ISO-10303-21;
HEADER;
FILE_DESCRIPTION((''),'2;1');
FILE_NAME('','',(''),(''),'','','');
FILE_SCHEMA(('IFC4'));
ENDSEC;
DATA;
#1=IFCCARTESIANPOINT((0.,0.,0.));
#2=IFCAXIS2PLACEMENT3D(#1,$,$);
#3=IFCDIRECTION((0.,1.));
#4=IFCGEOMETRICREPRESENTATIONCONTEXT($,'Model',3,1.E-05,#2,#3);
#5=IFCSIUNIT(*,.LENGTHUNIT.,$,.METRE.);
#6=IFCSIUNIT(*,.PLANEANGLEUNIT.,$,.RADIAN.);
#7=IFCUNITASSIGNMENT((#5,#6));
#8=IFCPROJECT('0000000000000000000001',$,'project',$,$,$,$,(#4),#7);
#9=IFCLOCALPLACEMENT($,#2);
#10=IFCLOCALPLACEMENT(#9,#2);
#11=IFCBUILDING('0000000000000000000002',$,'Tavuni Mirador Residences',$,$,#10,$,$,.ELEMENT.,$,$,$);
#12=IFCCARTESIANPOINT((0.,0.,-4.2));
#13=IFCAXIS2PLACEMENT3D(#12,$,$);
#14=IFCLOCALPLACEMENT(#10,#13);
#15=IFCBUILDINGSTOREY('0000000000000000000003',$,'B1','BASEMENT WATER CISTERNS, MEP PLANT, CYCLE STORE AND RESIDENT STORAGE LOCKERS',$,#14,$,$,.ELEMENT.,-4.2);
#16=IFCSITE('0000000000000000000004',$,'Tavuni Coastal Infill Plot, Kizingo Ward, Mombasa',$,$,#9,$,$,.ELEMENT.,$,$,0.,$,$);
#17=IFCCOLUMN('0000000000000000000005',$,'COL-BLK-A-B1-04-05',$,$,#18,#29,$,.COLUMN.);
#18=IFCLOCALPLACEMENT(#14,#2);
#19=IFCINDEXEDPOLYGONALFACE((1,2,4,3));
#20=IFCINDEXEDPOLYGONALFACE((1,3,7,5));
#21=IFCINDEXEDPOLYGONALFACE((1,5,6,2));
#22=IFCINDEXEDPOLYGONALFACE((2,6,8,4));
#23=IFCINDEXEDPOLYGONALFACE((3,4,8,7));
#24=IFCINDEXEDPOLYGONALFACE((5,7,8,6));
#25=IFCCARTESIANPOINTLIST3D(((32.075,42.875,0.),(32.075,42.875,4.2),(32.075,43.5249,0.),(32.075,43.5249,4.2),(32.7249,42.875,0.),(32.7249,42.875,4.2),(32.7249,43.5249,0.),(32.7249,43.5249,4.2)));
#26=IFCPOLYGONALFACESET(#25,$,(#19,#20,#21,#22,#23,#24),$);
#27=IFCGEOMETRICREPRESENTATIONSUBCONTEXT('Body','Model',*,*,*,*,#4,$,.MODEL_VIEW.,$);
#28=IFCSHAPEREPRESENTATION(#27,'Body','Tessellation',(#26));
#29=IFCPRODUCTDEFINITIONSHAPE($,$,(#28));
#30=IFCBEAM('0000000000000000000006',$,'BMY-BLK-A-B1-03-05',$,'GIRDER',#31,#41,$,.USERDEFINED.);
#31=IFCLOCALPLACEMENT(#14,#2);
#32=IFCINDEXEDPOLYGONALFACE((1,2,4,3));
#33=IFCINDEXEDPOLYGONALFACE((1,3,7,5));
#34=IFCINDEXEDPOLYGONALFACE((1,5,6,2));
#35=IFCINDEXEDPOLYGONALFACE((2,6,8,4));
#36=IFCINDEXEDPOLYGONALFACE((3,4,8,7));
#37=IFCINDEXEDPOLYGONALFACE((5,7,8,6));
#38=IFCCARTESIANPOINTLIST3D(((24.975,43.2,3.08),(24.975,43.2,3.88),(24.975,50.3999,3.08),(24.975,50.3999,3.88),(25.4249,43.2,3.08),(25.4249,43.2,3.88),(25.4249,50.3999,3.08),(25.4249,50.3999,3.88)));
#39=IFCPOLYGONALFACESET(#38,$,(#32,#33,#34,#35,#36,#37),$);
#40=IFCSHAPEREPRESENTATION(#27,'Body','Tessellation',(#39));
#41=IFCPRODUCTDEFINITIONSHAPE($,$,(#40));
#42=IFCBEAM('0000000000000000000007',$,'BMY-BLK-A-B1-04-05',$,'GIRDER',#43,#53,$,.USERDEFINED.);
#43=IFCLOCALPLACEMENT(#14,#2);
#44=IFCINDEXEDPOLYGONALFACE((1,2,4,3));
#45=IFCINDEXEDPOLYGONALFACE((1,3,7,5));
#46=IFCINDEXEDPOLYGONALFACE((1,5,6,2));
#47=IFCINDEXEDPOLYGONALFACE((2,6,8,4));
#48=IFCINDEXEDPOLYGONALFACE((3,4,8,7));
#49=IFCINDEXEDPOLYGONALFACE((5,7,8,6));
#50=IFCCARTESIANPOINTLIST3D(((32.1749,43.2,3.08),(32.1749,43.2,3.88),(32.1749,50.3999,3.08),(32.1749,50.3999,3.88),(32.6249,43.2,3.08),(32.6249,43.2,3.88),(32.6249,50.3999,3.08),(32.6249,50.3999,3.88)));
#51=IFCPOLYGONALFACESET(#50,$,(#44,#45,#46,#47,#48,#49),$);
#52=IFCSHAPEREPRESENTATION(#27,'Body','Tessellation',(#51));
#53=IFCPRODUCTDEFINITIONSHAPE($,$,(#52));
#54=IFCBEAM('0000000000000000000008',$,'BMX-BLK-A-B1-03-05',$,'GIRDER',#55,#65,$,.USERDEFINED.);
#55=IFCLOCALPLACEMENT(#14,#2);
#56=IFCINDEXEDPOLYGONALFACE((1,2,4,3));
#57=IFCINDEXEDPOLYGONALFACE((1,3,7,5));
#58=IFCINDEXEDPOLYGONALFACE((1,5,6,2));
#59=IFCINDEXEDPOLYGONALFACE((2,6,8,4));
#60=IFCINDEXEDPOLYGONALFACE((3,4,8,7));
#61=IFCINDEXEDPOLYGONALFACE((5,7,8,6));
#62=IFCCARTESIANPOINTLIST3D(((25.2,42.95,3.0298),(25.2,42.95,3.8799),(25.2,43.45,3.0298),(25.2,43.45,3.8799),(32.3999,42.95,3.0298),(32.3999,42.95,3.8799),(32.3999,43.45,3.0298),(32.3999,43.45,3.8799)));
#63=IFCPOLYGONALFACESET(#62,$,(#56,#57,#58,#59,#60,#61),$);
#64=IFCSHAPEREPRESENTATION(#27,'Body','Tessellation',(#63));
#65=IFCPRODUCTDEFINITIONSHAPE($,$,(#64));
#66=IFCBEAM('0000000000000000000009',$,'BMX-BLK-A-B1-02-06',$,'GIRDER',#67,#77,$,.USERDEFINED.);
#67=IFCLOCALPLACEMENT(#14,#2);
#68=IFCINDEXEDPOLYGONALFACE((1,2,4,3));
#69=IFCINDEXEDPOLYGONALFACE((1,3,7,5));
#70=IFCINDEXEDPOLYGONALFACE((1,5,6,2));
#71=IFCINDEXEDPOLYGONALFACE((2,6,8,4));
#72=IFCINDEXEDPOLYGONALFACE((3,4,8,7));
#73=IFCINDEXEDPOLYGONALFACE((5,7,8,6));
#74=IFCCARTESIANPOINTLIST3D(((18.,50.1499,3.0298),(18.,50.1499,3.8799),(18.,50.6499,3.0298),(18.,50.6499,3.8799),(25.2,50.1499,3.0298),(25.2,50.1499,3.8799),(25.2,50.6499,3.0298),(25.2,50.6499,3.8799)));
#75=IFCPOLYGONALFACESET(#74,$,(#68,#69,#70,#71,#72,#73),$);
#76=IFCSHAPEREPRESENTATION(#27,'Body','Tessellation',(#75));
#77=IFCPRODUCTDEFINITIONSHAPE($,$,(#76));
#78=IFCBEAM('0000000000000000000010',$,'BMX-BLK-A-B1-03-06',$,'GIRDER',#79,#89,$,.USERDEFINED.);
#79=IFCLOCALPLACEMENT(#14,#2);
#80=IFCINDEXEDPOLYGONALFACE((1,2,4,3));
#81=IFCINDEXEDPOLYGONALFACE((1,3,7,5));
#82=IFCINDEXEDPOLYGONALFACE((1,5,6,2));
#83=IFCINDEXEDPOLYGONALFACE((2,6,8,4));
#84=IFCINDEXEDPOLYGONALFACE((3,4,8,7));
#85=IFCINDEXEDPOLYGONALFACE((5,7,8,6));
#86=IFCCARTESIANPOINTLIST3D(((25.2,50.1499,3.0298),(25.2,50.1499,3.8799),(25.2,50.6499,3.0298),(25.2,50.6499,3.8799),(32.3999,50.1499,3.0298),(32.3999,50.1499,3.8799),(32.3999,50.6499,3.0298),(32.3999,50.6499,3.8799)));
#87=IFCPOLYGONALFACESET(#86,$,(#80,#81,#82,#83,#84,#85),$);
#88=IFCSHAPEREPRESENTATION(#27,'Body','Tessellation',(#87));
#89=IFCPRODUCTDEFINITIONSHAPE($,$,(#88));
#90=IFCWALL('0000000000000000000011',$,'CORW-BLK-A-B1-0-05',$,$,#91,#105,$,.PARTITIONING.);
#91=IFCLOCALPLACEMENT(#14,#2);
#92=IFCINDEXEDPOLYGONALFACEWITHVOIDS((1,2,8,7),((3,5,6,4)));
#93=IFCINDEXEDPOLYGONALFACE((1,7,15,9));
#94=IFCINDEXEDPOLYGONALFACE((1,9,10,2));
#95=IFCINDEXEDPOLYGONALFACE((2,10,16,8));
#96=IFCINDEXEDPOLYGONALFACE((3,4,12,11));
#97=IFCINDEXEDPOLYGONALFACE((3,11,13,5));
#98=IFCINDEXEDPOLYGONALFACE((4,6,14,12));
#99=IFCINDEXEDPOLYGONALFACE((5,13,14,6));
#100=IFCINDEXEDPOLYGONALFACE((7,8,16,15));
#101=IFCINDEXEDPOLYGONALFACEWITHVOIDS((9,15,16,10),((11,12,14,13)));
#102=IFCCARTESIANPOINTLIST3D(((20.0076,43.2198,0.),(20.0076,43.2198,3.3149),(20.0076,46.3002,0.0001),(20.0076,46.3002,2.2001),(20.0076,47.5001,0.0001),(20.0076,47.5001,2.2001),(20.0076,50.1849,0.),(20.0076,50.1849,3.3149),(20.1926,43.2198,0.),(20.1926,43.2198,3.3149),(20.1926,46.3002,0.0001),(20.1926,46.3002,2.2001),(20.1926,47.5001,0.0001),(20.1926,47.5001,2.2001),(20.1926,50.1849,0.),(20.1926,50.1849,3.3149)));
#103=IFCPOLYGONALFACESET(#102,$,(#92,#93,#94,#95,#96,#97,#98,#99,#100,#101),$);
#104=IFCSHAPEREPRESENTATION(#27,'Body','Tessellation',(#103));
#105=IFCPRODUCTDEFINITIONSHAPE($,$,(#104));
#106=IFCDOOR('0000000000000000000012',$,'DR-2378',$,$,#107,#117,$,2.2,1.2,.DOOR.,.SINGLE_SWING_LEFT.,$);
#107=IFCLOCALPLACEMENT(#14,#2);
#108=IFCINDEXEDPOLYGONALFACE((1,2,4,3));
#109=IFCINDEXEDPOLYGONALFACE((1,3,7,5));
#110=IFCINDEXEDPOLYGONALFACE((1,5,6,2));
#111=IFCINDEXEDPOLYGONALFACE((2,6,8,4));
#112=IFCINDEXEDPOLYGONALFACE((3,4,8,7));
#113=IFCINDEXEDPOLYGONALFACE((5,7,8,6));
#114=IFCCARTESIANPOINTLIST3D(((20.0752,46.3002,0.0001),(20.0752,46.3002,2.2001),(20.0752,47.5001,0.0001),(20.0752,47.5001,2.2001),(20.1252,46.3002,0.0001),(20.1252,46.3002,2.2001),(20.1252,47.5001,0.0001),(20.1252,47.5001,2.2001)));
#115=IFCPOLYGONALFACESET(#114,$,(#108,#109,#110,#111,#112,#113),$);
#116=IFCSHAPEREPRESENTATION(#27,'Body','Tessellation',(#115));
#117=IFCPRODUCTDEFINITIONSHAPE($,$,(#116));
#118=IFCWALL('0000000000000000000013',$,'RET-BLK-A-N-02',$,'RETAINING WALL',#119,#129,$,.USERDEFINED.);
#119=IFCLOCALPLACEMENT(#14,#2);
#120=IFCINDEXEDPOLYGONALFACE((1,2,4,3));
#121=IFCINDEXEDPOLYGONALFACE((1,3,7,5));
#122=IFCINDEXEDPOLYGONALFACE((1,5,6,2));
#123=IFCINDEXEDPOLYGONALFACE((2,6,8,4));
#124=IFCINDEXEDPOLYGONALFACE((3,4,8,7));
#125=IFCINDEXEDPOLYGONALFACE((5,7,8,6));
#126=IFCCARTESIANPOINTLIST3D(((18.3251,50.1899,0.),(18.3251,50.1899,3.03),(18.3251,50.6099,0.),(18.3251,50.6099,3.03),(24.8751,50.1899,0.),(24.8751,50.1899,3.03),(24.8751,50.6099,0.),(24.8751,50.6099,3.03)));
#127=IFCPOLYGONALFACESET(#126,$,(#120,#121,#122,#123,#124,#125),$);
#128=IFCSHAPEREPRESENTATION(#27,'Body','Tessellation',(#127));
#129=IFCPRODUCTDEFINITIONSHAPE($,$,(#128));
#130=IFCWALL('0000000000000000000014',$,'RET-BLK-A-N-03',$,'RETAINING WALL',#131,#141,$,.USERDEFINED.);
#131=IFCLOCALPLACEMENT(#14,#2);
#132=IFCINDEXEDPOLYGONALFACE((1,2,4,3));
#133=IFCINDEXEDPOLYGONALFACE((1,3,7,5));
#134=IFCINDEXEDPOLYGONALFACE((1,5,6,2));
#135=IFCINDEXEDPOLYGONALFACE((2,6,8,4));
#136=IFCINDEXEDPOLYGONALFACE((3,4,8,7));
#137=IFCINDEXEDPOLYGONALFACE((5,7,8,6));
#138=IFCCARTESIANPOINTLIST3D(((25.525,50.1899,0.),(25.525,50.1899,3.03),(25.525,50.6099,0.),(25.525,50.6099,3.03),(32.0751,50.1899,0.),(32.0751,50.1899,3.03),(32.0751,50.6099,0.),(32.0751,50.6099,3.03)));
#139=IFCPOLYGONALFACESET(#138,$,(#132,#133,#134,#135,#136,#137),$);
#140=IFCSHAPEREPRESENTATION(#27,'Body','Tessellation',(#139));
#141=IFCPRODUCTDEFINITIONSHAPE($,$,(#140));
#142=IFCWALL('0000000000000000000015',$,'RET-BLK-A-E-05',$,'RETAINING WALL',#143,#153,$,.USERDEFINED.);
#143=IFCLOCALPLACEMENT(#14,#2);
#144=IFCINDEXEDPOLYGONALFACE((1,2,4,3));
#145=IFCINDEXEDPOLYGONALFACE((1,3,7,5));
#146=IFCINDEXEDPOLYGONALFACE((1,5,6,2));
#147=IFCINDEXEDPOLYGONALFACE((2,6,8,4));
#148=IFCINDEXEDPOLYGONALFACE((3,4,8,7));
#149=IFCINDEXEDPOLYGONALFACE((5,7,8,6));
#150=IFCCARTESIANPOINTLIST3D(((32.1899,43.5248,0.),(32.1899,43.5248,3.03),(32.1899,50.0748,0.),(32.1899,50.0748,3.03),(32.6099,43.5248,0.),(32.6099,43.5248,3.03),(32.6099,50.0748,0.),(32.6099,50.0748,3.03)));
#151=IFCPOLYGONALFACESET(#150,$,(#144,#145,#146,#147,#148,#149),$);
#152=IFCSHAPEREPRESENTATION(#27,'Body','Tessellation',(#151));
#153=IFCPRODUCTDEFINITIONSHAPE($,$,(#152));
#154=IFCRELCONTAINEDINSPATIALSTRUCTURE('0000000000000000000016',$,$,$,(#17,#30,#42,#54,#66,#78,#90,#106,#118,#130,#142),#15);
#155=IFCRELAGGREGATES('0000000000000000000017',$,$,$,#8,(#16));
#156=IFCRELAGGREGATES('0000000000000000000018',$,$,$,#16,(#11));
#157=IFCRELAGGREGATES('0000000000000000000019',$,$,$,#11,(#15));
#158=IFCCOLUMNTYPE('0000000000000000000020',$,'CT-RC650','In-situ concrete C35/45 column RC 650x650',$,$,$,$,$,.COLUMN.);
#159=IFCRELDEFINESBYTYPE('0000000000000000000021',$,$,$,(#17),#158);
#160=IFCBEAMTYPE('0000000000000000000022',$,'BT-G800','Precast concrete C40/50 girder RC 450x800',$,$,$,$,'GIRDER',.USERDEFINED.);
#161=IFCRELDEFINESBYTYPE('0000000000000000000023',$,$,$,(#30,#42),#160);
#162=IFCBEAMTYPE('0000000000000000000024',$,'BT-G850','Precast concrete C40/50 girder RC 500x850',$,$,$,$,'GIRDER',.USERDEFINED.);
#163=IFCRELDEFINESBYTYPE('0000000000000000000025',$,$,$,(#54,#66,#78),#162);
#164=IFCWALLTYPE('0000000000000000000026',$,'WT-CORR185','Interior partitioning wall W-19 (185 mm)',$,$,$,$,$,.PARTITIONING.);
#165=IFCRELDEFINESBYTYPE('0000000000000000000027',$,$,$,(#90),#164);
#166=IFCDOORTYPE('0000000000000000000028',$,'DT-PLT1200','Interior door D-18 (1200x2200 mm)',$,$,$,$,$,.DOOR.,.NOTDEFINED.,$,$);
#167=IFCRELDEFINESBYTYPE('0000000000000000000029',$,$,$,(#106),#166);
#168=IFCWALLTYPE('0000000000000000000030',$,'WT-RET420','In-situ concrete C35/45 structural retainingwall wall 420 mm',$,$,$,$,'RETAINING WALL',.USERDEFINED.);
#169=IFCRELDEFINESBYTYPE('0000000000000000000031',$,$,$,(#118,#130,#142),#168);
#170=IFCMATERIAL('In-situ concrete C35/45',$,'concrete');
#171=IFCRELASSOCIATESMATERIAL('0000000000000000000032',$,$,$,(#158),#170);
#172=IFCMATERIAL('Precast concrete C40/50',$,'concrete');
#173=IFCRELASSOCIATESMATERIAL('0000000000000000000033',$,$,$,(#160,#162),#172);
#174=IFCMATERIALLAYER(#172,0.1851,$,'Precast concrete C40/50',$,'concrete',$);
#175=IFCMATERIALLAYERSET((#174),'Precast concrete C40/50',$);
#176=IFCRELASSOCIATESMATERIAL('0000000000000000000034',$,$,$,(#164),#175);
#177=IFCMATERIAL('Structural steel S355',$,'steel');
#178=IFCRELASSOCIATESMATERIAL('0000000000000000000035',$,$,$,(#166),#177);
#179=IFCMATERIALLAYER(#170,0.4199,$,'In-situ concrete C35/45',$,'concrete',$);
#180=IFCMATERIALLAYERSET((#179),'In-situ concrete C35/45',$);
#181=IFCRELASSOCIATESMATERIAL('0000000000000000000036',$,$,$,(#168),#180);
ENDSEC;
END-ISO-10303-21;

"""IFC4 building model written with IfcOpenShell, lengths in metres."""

from ifc_helpers import new_model, si_unit, direction, frame, frame_2d, origin, origin_2d, place, context, subcontext, project, spatial, rectangle, extrude, material, layer, layer_set, material_profile, profile_set, type_object, element, fill, save


model = new_model("IFC4")

# Units and contexts
model_context = context("Model", 3, precision=1e-05, world=origin(), true_north=direction((0.0, 1.0)))
body_context = subcontext(model_context, "Body", "Model", "MODEL_VIEW")
ifc_project = project(units=[si_unit("LENGTHUNIT", "METRE"), si_unit("PLANEANGLEUNIT", "RADIAN")], contexts=[model_context])

# Site, building, storey
site_placement = place(None, origin())
site = spatial("IfcSite", under=ifc_project, at=site_placement, Name="Tavuni Coastal Infill Plot, Kizingo Ward, Mombasa", CompositionType="ELEMENT", RefElevation=0.0)
building_placement = place(site_placement, origin())
building = spatial("IfcBuilding", under=site, at=building_placement, Name="Tavuni Mirador Residences", CompositionType="ELEMENT")
storey_placement = place(building_placement, frame((0.0, 0.0, -4.2)))
storey = spatial("IfcBuildingStorey", under=building, at=storey_placement, Name="B1", Description="BASEMENT WATER CISTERNS, MEP PLANT, CYCLE STORE AND RESIDENT STORAGE LOCKERS", CompositionType="ELEMENT", Elevation=-4.2)

# Shared definitions
ifc_material_1 = material(Name="In-situ concrete C35/45", Category="concrete")

# Column
ifc_material_profile_1 = material_profile(ifc_material_1, rectangle(XDim=0.6499, YDim=0.6499, at=origin_2d()), Name="RC 650x650", Category="concrete")
ifc_profile_set_1 = profile_set([ifc_material_profile_1], Name="In-situ concrete C35/45")
column_type = type_object("IfcColumnType", Name="CT-RC650", Description="In-situ concrete C35/45 column RC 650x650", PredefinedType="COLUMN", material=ifc_profile_set_1)
for number, where, z_axis, x_axis, name in (
    (1, (32.3999, 43.2, 0.0), (0.0, 0.0, 1.0), (1.0, 0.0, 0.0), "COL-BLK-A-B1-04-05"),
):
    element("IfcColumn", number, at=place(storey_placement, frame(where, z_axis=z_axis, x_axis=x_axis)), inside=storey, type_object=column_type, Name=name, PredefinedType="COLUMN", context=body_context, shape_type="SweptSolid", body=[
        extrude(rectangle(XDim=0.6499, YDim=0.6499, at=origin_2d()), origin(), (0.0, 0.0, 1.0), 4.2),
    ])

# Beams
ifc_material_2 = material(Name="Precast concrete C40/50", Category="concrete")
ifc_material_profile_2 = material_profile(ifc_material_2, rectangle(XDim=0.45, YDim=0.8, at=origin_2d()), Name="RC 450x800", Category="concrete")
ifc_profile_set_2 = profile_set([ifc_material_profile_2], Name="Precast concrete C40/50")
beam_type_1 = type_object("IfcBeamType", Name="BT-G800", Description="Precast concrete C40/50 girder RC 450x800", ElementType="GIRDER", PredefinedType="USERDEFINED", material=ifc_profile_set_2)
for number, where, z_axis, x_axis, name in (
    (2, (25.2, 43.2, 3.48), (0.0, 1.0, 0.0), (-1.0, 0.0, 0.0), "BMY-BLK-A-B1-03-05"),
    (3, (32.3999, 43.2, 3.48), (0.0, 1.0, 0.0), (-1.0, 0.0, 0.0), "BMY-BLK-A-B1-04-05"),
):
    element("IfcBeam", number, at=place(storey_placement, frame(where, z_axis=z_axis, x_axis=x_axis)), inside=storey, type_object=beam_type_1, Name=name, ObjectType="GIRDER", PredefinedType="USERDEFINED", context=body_context, shape_type="SweptSolid", body=[
        extrude(rectangle(XDim=0.45, YDim=0.8, at=origin_2d()), origin(), (0.0, 0.0, 1.0), 7.2),
    ])
ifc_material_profile_3 = material_profile(ifc_material_2, rectangle(XDim=0.5, YDim=0.8501, at=origin_2d()), Name="RC 500x850", Category="concrete")
ifc_profile_set_3 = profile_set([ifc_material_profile_3], Name="Precast concrete C40/50")
beam_type_2 = type_object("IfcBeamType", Name="BT-G850", Description="Precast concrete C40/50 girder RC 500x850", ElementType="GIRDER", PredefinedType="USERDEFINED", material=ifc_profile_set_3)
for number, where, z_axis, x_axis, name in (
    (4, (25.2, 43.2, 3.4548), (1.0, 0.0, 0.0), (0.0, 1.0, 0.0), "BMX-BLK-A-B1-03-05"),
    (5, (18.0, 50.3999, 3.4548), (1.0, 0.0, 0.0), (0.0, 1.0, 0.0), "BMX-BLK-A-B1-02-06"),
    (6, (25.2, 50.3999, 3.4548), (1.0, 0.0, 0.0), (0.0, 1.0, 0.0), "BMX-BLK-A-B1-03-06"),
):
    element("IfcBeam", number, at=place(storey_placement, frame(where, z_axis=z_axis, x_axis=x_axis)), inside=storey, type_object=beam_type_2, Name=name, ObjectType="GIRDER", PredefinedType="USERDEFINED", context=body_context, shape_type="SweptSolid", body=[
        extrude(rectangle(XDim=0.5, YDim=0.8501, at=origin_2d()), origin(), (0.0, 0.0, 1.0), 7.2),
    ])

# Wall, opening, door
ifc_layer_1 = layer(ifc_material_2, 0.1851, Name="Precast concrete C40/50", Category="concrete")
ifc_layer_set_1 = layer_set([ifc_layer_1], Name="Precast concrete C40/50")
wall_type_1 = type_object("IfcWallType", Name="WT-CORR185", Description="Interior partitioning wall W-19 (185 mm)", PredefinedType="PARTITIONING", material=ifc_layer_set_1)
wall_placement = place(storey_placement, frame((20.1001, 43.22, 0.0), z_axis=(0.0, 0.0, 1.0), x_axis=(0.0, 1.0, 0.0)))
wall = element("IfcWall", 7, at=wall_placement, inside=storey, type_object=wall_type_1, Name="CORW-BLK-A-B1-0-05", PredefinedType="PARTITIONING", context=body_context, shape_type="SweptSolid", body=[
    extrude(rectangle(XDim=6.9651, YDim=0.1851, at=frame_2d((3.4824, 0.0))), origin(), (0.0, 0.0, 1.0), 3.3149),
])
opening_placement = place(wall_placement, frame((3.0801, 0.0, 0.0)))
opening = element("IfcOpeningElement", 8, at=opening_placement, cuts=wall, PredefinedType="OPENING", context=body_context, shape_type="SweptSolid", body=[
    extrude(rectangle(XDim=1.2, YDim=2.2, at=frame_2d((0.6001, 1.1001))), frame((0.0, 0.1025, 0.0), z_axis=(0.0, -1.0, 0.0), x_axis=(1.0, 0.0, 0.0)), (0.0, 0.0, 1.0), 0.2051),
])
ifc_material_3 = material(Name="Structural steel S355", Category="steel")
door_type = type_object("IfcDoorType", Name="DT-PLT1200", Description="Interior door D-18 (1200x2200 mm)", OperationType="NOTDEFINED", PredefinedType="DOOR", material=ifc_material_3)
door_placement = place(opening_placement, origin())
door = element("IfcDoor", 9, at=door_placement, inside=storey, type_object=door_type, Name="DR-2378", OperationType="SINGLE_SWING_LEFT", OverallHeight=2.2, OverallWidth=1.2, PredefinedType="DOOR", context=body_context, shape_type="SweptSolid", body=[
    extrude(rectangle(XDim=1.2, YDim=2.2, at=frame_2d((0.6001, 1.1001))), frame((0.0, 0.0249, 0.0), z_axis=(0.0, -1.0, 0.0), x_axis=(1.0, 0.0, 0.0)), (0.0, 0.0, 1.0), 0.05),
])
fill(opening, door)

# Walls
ifc_layer_2 = layer(ifc_material_1, 0.4199, Name="In-situ concrete C35/45", Category="concrete")
ifc_layer_set_2 = layer_set([ifc_layer_2], Name="In-situ concrete C35/45")
wall_type_2 = type_object("IfcWallType", Name="WT-RET420", Description="In-situ concrete C35/45 structural retainingwall wall 420 mm", ElementType="RETAINING WALL", PredefinedType="USERDEFINED", material=ifc_layer_set_2)
for number, where, z_axis, x_axis, name in (
    (10, (24.875, 50.3999, 0.0), (0.0, 0.0, 1.0), (-1.0, 0.0, 0.0), "RET-BLK-A-N-02"),
    (11, (32.075, 50.3999, 0.0), (0.0, 0.0, 1.0), (-1.0, 0.0, 0.0), "RET-BLK-A-N-03"),
    (12, (32.3999, 43.5249, 0.0), (0.0, 0.0, 1.0), (0.0, 1.0, 0.0), "RET-BLK-A-E-05"),
):
    element("IfcWall", number, at=place(storey_placement, frame(where, z_axis=z_axis, x_axis=x_axis)), inside=storey, type_object=wall_type_2, Name=name, ObjectType="RETAINING WALL", PredefinedType="USERDEFINED", context=body_context, shape_type="SweptSolid", body=[
        extrude(rectangle(XDim=6.55, YDim=0.4199, at=frame_2d((3.2749, 0.0))), origin(), (0.0, 0.0, 1.0), 3.03),
    ])

save(model, "model.ifc")
